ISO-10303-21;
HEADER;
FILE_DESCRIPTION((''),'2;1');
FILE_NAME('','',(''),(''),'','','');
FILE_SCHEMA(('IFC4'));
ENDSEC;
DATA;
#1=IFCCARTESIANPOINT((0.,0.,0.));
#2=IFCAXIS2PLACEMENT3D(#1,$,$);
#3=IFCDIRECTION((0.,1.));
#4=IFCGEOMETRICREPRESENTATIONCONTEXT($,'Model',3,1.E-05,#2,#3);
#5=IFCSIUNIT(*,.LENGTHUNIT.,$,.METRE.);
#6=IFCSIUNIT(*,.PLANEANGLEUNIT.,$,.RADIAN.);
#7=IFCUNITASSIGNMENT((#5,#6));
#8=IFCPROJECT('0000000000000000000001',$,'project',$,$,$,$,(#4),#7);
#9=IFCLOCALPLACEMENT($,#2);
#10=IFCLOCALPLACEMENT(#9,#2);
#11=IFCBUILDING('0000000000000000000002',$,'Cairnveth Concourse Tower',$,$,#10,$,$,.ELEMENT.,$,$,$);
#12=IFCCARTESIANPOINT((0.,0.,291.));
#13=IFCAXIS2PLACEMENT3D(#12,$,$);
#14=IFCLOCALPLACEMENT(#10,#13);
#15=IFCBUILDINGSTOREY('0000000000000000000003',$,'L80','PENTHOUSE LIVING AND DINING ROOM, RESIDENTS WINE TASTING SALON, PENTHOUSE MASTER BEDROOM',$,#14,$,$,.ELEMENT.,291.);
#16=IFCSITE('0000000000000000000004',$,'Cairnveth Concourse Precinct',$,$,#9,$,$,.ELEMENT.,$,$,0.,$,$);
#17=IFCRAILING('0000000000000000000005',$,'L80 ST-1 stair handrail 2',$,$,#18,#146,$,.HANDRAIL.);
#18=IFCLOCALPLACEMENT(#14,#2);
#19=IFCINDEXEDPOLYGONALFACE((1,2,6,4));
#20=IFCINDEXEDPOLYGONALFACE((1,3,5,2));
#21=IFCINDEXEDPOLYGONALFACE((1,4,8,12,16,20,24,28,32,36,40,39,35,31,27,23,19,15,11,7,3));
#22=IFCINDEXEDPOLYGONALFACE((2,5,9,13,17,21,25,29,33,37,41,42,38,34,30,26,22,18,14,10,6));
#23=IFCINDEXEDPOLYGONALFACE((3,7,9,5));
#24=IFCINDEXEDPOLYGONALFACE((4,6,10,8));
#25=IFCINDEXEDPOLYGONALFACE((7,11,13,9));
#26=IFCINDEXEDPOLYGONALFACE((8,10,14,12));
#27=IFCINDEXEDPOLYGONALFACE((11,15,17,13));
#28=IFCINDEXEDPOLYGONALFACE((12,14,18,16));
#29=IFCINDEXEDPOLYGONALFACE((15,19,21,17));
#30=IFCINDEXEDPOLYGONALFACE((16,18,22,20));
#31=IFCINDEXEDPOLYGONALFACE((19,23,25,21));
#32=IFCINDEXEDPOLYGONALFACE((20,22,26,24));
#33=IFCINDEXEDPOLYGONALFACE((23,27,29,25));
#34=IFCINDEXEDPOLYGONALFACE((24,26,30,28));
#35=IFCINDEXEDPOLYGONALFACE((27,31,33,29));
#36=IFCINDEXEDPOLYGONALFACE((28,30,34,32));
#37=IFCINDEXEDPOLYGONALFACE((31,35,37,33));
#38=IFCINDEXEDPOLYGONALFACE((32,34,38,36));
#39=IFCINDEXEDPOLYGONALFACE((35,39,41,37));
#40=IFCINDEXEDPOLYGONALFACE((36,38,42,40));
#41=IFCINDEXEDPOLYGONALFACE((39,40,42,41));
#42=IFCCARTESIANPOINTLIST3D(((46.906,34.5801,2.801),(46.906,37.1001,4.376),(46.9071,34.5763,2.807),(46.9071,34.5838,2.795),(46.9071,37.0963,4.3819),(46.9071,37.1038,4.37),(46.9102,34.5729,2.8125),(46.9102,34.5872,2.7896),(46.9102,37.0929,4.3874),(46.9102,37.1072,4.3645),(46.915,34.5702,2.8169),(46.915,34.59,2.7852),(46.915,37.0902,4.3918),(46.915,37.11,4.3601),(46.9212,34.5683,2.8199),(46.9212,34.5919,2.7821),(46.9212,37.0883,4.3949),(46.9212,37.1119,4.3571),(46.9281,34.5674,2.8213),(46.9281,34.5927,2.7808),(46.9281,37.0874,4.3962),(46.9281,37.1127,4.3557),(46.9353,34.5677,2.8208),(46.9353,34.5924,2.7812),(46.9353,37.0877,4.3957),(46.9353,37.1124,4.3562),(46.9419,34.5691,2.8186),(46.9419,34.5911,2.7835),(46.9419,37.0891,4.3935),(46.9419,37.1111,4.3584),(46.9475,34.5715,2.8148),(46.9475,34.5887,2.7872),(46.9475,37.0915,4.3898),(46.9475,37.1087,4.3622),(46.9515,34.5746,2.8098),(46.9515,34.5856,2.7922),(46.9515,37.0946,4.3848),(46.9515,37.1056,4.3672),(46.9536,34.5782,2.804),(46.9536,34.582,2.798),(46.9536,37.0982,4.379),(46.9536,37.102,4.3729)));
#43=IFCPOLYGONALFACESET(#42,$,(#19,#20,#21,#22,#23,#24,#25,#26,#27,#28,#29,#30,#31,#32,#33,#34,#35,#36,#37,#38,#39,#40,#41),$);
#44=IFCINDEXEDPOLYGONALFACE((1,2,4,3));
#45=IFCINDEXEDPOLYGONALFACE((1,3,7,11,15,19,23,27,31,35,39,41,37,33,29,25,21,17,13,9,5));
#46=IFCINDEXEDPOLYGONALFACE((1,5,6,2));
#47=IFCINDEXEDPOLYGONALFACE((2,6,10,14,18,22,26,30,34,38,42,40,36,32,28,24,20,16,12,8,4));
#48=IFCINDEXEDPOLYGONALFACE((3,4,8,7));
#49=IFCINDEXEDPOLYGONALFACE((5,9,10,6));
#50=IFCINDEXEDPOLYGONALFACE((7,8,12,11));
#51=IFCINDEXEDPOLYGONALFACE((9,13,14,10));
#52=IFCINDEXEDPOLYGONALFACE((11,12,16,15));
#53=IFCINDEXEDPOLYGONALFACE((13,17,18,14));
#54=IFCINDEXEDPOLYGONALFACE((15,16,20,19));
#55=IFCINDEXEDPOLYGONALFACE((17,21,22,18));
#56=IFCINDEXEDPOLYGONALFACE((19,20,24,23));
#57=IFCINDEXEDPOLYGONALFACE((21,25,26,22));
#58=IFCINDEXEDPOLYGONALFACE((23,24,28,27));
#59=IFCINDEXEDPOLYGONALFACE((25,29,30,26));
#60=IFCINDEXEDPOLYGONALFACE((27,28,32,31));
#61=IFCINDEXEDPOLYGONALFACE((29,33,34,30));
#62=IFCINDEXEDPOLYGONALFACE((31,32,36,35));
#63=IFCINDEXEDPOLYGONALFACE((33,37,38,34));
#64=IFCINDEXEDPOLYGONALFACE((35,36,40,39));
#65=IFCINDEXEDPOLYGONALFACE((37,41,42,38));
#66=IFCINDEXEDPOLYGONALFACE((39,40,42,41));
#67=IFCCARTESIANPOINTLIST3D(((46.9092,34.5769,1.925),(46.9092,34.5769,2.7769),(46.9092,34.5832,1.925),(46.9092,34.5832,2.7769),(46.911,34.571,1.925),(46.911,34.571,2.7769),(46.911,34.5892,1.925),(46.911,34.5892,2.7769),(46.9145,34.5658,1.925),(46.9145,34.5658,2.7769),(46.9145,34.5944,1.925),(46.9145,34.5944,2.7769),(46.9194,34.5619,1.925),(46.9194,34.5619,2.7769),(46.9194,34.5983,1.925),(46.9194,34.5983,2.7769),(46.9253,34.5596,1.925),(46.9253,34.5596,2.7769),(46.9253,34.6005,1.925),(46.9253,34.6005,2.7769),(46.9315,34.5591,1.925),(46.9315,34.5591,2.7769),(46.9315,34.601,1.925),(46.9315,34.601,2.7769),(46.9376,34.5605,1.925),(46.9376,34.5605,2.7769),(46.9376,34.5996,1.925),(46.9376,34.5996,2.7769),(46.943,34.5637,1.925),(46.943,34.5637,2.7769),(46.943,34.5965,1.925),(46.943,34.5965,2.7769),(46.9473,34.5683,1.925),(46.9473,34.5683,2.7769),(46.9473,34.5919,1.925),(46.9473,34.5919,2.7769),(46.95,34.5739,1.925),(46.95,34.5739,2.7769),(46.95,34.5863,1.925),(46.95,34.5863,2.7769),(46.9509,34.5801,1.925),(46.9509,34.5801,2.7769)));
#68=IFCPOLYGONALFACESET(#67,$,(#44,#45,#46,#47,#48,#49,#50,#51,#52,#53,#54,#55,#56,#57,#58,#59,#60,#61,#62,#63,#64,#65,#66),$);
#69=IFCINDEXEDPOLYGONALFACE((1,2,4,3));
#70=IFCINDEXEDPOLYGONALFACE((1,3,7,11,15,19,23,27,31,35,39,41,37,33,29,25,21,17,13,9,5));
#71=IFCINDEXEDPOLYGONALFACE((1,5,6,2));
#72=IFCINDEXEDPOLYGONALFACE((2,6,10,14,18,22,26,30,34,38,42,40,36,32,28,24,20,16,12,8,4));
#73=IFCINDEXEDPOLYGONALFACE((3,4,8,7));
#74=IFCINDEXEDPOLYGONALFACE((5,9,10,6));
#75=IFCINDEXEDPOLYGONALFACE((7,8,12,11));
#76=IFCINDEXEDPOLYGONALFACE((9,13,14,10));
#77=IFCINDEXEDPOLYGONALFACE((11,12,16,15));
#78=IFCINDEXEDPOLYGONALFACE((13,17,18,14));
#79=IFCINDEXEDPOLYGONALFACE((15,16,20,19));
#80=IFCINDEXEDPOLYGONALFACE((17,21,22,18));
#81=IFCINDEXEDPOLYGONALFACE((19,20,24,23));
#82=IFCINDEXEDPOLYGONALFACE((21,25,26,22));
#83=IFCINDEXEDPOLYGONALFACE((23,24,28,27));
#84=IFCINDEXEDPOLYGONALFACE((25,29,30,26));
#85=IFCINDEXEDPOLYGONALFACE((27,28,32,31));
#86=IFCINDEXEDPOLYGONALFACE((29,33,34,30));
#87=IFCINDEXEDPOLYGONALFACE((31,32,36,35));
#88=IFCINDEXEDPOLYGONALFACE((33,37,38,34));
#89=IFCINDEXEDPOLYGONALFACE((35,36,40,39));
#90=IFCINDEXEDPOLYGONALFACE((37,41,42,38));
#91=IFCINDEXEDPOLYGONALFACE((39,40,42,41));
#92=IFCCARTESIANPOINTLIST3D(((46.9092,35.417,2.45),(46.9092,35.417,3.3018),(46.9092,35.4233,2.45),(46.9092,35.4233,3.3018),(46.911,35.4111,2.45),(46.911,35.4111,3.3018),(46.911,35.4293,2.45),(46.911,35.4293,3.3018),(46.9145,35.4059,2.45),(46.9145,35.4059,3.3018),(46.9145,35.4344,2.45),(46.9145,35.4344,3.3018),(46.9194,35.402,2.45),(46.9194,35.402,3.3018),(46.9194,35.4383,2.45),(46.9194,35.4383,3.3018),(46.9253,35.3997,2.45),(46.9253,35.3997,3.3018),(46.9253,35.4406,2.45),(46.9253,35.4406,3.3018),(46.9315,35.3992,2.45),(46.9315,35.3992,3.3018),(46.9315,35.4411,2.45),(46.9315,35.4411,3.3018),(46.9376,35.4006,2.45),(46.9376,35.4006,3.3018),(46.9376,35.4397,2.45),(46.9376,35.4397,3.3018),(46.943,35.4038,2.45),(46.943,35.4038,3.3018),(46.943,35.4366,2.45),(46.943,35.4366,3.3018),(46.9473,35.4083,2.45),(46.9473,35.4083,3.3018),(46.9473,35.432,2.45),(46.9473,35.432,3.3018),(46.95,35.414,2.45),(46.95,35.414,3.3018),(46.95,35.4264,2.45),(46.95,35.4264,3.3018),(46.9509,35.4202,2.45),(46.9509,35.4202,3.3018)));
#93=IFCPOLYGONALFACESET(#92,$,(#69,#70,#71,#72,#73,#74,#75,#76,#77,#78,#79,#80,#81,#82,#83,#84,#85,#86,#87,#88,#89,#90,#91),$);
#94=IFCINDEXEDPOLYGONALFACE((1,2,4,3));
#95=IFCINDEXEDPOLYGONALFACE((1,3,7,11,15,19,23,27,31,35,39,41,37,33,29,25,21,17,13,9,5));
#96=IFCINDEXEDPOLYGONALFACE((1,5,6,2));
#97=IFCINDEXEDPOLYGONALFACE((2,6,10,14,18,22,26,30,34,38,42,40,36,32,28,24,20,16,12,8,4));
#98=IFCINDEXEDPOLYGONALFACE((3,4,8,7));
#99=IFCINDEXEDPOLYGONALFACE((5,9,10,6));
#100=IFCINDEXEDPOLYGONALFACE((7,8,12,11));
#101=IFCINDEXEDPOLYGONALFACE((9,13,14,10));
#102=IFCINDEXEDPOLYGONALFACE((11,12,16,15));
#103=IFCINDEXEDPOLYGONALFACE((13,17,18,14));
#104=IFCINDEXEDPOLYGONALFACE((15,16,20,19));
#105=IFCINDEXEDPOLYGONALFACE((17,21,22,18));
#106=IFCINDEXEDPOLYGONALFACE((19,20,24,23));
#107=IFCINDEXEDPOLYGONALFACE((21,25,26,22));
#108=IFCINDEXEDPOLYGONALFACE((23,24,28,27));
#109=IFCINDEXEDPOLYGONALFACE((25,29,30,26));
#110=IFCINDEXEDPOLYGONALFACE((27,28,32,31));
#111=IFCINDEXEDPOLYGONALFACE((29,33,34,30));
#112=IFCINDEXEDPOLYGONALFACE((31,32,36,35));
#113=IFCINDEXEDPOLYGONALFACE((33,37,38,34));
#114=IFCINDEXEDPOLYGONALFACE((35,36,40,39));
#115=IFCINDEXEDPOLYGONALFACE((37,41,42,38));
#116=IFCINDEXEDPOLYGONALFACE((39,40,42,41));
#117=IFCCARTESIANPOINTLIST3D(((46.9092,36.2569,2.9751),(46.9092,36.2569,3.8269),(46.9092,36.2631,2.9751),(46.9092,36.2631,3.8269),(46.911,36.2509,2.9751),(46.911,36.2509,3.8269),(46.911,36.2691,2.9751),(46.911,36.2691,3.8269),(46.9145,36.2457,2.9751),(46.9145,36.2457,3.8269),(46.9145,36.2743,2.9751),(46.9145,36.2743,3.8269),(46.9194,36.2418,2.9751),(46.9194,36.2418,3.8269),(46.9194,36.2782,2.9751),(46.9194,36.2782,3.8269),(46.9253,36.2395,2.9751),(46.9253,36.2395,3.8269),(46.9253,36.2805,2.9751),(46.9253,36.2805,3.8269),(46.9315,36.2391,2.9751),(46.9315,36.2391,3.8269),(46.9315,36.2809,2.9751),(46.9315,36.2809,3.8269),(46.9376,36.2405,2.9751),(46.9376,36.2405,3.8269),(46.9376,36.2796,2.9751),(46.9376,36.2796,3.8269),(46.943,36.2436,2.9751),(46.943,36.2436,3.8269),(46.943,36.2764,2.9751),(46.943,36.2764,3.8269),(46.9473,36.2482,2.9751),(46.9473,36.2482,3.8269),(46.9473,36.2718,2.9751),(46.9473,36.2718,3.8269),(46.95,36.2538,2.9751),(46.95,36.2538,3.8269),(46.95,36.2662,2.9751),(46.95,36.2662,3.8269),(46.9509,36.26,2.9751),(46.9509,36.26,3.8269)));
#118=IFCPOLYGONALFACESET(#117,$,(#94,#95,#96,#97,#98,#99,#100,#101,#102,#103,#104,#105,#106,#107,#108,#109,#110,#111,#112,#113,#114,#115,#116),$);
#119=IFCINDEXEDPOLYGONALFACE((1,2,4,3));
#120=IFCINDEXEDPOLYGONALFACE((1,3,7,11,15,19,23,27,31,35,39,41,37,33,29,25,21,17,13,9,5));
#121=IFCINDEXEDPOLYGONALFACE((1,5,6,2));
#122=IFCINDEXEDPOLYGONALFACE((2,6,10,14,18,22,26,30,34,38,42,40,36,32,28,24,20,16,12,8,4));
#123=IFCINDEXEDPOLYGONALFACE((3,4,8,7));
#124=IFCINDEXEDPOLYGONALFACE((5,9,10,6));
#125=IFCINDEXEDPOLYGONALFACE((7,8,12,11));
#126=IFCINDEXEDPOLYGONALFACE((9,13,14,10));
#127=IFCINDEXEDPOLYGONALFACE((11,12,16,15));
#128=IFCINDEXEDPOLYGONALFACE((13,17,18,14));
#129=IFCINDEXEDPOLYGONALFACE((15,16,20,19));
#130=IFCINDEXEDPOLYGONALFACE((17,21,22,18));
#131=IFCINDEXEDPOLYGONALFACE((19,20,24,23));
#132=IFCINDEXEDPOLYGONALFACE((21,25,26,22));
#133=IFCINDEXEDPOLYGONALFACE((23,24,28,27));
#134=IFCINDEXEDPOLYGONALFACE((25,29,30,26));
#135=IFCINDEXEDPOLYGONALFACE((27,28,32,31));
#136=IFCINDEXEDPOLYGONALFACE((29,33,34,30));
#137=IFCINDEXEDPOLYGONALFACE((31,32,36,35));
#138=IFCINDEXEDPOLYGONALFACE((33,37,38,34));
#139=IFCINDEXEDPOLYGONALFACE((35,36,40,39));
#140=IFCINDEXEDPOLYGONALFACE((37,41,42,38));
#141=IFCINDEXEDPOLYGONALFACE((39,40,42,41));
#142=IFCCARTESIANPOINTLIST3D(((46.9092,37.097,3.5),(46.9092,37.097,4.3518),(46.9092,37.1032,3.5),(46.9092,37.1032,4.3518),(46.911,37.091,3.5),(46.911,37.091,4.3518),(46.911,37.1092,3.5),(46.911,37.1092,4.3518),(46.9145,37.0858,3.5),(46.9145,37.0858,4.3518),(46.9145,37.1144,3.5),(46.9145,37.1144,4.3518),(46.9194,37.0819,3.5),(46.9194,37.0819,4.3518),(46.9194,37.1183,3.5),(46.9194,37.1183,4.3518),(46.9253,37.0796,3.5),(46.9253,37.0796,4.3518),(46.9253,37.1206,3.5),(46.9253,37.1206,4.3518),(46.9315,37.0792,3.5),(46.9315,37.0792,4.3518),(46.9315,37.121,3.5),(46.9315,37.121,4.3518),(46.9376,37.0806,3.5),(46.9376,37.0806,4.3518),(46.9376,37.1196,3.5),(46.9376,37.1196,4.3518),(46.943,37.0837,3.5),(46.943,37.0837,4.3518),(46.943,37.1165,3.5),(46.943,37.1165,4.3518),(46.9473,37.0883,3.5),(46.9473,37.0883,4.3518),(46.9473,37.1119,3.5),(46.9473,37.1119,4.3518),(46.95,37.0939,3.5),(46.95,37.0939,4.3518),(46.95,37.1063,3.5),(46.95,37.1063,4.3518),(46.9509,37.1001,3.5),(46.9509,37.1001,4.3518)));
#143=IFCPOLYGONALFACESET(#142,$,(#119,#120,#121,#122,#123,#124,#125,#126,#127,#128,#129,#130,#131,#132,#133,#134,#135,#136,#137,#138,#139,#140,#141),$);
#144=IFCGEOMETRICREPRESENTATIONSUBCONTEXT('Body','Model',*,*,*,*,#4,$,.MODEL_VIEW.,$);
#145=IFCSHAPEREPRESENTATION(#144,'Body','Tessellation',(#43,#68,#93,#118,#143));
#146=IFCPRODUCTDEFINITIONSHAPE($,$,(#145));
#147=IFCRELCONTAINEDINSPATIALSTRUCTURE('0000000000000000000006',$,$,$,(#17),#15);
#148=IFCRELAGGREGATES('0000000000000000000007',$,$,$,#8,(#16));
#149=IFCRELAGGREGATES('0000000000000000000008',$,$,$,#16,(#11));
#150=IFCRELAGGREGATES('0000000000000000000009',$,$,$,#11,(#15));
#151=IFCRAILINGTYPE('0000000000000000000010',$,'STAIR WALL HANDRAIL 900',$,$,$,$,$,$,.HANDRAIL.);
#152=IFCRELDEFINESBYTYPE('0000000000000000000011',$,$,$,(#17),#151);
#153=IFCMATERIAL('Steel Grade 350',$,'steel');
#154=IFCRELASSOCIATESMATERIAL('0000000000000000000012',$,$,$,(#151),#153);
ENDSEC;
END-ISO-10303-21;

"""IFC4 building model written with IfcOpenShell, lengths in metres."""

from ifc_helpers import new_model, si_unit, direction, frame, origin, origin_2d, place, context, subcontext, project, spatial, circle, extrude, material, type_object, element, save


model = new_model("IFC4")

# Units and contexts
model_context = context("Model", 3, precision=1e-05, world=origin(), true_north=direction((0.0, 1.0)))
body_context = subcontext(model_context, "Body", "Model", "MODEL_VIEW")
ifc_project = project(units=[si_unit("LENGTHUNIT", "METRE"), si_unit("PLANEANGLEUNIT", "RADIAN")], contexts=[model_context])

# Site, building, storey
site_placement = place(None, origin())
site = spatial("IfcSite", under=ifc_project, at=site_placement, Name="Cairnveth Concourse Precinct", CompositionType="ELEMENT", RefElevation=0.0)
building_placement = place(site_placement, origin())
building = spatial("IfcBuilding", under=site, at=building_placement, Name="Cairnveth Concourse Tower", CompositionType="ELEMENT")
storey_placement = place(building_placement, frame((0.0, 0.0, 291.0)))
storey = spatial("IfcBuildingStorey", under=building, at=storey_placement, Name="L80", Description="PENTHOUSE LIVING AND DINING ROOM, RESIDENTS WINE TASTING SALON, PENTHOUSE MASTER BEDROOM", CompositionType="ELEMENT", Elevation=291.0)

# Shared definitions
ifc_material_1 = material(Name="Steel Grade 350", Category="steel")

# Railing
railing_type_1 = type_object("IfcRailingType", Name="STAIR WALL HANDRAIL 900", PredefinedType="HANDRAIL", material=ifc_material_1)
railing_1_placement = place(storey_placement, frame((46.9299, 34.5801, 1.925)))
element("IfcRailing", 1, at=railing_1_placement, inside=storey, type_object=railing_type_1, Name="L80 ST-1 stair handrail 2", PredefinedType="HANDRAIL", context=body_context, shape_type="SweptSolid", body=[
    extrude(circle(Radius=0.0239, at=origin_2d()), frame((0.0, 0.0, 0.876), z_axis=(0.0, 0.848008, 0.529984), x_axis=(-1.0, 0.0, 0.0)), (0.0, 0.0, 1.0), 2.9717),
    extrude(circle(Radius=0.021, at=origin_2d()), origin(), (0.0, 0.0, 1.0), 0.8518),
    extrude(circle(Radius=0.021, at=origin_2d()), frame((0.0, 0.8401, 0.5249)), (0.0, 0.0, 1.0), 0.8518),
    extrude(circle(Radius=0.021, at=origin_2d()), frame((0.0, 1.6799, 1.05)), (0.0, 0.0, 1.0), 0.8518),
    extrude(circle(Radius=0.021, at=origin_2d()), frame((0.0, 2.52, 1.575)), (0.0, 0.0, 1.0), 0.8518),
])

save(model, "model.ifc")
